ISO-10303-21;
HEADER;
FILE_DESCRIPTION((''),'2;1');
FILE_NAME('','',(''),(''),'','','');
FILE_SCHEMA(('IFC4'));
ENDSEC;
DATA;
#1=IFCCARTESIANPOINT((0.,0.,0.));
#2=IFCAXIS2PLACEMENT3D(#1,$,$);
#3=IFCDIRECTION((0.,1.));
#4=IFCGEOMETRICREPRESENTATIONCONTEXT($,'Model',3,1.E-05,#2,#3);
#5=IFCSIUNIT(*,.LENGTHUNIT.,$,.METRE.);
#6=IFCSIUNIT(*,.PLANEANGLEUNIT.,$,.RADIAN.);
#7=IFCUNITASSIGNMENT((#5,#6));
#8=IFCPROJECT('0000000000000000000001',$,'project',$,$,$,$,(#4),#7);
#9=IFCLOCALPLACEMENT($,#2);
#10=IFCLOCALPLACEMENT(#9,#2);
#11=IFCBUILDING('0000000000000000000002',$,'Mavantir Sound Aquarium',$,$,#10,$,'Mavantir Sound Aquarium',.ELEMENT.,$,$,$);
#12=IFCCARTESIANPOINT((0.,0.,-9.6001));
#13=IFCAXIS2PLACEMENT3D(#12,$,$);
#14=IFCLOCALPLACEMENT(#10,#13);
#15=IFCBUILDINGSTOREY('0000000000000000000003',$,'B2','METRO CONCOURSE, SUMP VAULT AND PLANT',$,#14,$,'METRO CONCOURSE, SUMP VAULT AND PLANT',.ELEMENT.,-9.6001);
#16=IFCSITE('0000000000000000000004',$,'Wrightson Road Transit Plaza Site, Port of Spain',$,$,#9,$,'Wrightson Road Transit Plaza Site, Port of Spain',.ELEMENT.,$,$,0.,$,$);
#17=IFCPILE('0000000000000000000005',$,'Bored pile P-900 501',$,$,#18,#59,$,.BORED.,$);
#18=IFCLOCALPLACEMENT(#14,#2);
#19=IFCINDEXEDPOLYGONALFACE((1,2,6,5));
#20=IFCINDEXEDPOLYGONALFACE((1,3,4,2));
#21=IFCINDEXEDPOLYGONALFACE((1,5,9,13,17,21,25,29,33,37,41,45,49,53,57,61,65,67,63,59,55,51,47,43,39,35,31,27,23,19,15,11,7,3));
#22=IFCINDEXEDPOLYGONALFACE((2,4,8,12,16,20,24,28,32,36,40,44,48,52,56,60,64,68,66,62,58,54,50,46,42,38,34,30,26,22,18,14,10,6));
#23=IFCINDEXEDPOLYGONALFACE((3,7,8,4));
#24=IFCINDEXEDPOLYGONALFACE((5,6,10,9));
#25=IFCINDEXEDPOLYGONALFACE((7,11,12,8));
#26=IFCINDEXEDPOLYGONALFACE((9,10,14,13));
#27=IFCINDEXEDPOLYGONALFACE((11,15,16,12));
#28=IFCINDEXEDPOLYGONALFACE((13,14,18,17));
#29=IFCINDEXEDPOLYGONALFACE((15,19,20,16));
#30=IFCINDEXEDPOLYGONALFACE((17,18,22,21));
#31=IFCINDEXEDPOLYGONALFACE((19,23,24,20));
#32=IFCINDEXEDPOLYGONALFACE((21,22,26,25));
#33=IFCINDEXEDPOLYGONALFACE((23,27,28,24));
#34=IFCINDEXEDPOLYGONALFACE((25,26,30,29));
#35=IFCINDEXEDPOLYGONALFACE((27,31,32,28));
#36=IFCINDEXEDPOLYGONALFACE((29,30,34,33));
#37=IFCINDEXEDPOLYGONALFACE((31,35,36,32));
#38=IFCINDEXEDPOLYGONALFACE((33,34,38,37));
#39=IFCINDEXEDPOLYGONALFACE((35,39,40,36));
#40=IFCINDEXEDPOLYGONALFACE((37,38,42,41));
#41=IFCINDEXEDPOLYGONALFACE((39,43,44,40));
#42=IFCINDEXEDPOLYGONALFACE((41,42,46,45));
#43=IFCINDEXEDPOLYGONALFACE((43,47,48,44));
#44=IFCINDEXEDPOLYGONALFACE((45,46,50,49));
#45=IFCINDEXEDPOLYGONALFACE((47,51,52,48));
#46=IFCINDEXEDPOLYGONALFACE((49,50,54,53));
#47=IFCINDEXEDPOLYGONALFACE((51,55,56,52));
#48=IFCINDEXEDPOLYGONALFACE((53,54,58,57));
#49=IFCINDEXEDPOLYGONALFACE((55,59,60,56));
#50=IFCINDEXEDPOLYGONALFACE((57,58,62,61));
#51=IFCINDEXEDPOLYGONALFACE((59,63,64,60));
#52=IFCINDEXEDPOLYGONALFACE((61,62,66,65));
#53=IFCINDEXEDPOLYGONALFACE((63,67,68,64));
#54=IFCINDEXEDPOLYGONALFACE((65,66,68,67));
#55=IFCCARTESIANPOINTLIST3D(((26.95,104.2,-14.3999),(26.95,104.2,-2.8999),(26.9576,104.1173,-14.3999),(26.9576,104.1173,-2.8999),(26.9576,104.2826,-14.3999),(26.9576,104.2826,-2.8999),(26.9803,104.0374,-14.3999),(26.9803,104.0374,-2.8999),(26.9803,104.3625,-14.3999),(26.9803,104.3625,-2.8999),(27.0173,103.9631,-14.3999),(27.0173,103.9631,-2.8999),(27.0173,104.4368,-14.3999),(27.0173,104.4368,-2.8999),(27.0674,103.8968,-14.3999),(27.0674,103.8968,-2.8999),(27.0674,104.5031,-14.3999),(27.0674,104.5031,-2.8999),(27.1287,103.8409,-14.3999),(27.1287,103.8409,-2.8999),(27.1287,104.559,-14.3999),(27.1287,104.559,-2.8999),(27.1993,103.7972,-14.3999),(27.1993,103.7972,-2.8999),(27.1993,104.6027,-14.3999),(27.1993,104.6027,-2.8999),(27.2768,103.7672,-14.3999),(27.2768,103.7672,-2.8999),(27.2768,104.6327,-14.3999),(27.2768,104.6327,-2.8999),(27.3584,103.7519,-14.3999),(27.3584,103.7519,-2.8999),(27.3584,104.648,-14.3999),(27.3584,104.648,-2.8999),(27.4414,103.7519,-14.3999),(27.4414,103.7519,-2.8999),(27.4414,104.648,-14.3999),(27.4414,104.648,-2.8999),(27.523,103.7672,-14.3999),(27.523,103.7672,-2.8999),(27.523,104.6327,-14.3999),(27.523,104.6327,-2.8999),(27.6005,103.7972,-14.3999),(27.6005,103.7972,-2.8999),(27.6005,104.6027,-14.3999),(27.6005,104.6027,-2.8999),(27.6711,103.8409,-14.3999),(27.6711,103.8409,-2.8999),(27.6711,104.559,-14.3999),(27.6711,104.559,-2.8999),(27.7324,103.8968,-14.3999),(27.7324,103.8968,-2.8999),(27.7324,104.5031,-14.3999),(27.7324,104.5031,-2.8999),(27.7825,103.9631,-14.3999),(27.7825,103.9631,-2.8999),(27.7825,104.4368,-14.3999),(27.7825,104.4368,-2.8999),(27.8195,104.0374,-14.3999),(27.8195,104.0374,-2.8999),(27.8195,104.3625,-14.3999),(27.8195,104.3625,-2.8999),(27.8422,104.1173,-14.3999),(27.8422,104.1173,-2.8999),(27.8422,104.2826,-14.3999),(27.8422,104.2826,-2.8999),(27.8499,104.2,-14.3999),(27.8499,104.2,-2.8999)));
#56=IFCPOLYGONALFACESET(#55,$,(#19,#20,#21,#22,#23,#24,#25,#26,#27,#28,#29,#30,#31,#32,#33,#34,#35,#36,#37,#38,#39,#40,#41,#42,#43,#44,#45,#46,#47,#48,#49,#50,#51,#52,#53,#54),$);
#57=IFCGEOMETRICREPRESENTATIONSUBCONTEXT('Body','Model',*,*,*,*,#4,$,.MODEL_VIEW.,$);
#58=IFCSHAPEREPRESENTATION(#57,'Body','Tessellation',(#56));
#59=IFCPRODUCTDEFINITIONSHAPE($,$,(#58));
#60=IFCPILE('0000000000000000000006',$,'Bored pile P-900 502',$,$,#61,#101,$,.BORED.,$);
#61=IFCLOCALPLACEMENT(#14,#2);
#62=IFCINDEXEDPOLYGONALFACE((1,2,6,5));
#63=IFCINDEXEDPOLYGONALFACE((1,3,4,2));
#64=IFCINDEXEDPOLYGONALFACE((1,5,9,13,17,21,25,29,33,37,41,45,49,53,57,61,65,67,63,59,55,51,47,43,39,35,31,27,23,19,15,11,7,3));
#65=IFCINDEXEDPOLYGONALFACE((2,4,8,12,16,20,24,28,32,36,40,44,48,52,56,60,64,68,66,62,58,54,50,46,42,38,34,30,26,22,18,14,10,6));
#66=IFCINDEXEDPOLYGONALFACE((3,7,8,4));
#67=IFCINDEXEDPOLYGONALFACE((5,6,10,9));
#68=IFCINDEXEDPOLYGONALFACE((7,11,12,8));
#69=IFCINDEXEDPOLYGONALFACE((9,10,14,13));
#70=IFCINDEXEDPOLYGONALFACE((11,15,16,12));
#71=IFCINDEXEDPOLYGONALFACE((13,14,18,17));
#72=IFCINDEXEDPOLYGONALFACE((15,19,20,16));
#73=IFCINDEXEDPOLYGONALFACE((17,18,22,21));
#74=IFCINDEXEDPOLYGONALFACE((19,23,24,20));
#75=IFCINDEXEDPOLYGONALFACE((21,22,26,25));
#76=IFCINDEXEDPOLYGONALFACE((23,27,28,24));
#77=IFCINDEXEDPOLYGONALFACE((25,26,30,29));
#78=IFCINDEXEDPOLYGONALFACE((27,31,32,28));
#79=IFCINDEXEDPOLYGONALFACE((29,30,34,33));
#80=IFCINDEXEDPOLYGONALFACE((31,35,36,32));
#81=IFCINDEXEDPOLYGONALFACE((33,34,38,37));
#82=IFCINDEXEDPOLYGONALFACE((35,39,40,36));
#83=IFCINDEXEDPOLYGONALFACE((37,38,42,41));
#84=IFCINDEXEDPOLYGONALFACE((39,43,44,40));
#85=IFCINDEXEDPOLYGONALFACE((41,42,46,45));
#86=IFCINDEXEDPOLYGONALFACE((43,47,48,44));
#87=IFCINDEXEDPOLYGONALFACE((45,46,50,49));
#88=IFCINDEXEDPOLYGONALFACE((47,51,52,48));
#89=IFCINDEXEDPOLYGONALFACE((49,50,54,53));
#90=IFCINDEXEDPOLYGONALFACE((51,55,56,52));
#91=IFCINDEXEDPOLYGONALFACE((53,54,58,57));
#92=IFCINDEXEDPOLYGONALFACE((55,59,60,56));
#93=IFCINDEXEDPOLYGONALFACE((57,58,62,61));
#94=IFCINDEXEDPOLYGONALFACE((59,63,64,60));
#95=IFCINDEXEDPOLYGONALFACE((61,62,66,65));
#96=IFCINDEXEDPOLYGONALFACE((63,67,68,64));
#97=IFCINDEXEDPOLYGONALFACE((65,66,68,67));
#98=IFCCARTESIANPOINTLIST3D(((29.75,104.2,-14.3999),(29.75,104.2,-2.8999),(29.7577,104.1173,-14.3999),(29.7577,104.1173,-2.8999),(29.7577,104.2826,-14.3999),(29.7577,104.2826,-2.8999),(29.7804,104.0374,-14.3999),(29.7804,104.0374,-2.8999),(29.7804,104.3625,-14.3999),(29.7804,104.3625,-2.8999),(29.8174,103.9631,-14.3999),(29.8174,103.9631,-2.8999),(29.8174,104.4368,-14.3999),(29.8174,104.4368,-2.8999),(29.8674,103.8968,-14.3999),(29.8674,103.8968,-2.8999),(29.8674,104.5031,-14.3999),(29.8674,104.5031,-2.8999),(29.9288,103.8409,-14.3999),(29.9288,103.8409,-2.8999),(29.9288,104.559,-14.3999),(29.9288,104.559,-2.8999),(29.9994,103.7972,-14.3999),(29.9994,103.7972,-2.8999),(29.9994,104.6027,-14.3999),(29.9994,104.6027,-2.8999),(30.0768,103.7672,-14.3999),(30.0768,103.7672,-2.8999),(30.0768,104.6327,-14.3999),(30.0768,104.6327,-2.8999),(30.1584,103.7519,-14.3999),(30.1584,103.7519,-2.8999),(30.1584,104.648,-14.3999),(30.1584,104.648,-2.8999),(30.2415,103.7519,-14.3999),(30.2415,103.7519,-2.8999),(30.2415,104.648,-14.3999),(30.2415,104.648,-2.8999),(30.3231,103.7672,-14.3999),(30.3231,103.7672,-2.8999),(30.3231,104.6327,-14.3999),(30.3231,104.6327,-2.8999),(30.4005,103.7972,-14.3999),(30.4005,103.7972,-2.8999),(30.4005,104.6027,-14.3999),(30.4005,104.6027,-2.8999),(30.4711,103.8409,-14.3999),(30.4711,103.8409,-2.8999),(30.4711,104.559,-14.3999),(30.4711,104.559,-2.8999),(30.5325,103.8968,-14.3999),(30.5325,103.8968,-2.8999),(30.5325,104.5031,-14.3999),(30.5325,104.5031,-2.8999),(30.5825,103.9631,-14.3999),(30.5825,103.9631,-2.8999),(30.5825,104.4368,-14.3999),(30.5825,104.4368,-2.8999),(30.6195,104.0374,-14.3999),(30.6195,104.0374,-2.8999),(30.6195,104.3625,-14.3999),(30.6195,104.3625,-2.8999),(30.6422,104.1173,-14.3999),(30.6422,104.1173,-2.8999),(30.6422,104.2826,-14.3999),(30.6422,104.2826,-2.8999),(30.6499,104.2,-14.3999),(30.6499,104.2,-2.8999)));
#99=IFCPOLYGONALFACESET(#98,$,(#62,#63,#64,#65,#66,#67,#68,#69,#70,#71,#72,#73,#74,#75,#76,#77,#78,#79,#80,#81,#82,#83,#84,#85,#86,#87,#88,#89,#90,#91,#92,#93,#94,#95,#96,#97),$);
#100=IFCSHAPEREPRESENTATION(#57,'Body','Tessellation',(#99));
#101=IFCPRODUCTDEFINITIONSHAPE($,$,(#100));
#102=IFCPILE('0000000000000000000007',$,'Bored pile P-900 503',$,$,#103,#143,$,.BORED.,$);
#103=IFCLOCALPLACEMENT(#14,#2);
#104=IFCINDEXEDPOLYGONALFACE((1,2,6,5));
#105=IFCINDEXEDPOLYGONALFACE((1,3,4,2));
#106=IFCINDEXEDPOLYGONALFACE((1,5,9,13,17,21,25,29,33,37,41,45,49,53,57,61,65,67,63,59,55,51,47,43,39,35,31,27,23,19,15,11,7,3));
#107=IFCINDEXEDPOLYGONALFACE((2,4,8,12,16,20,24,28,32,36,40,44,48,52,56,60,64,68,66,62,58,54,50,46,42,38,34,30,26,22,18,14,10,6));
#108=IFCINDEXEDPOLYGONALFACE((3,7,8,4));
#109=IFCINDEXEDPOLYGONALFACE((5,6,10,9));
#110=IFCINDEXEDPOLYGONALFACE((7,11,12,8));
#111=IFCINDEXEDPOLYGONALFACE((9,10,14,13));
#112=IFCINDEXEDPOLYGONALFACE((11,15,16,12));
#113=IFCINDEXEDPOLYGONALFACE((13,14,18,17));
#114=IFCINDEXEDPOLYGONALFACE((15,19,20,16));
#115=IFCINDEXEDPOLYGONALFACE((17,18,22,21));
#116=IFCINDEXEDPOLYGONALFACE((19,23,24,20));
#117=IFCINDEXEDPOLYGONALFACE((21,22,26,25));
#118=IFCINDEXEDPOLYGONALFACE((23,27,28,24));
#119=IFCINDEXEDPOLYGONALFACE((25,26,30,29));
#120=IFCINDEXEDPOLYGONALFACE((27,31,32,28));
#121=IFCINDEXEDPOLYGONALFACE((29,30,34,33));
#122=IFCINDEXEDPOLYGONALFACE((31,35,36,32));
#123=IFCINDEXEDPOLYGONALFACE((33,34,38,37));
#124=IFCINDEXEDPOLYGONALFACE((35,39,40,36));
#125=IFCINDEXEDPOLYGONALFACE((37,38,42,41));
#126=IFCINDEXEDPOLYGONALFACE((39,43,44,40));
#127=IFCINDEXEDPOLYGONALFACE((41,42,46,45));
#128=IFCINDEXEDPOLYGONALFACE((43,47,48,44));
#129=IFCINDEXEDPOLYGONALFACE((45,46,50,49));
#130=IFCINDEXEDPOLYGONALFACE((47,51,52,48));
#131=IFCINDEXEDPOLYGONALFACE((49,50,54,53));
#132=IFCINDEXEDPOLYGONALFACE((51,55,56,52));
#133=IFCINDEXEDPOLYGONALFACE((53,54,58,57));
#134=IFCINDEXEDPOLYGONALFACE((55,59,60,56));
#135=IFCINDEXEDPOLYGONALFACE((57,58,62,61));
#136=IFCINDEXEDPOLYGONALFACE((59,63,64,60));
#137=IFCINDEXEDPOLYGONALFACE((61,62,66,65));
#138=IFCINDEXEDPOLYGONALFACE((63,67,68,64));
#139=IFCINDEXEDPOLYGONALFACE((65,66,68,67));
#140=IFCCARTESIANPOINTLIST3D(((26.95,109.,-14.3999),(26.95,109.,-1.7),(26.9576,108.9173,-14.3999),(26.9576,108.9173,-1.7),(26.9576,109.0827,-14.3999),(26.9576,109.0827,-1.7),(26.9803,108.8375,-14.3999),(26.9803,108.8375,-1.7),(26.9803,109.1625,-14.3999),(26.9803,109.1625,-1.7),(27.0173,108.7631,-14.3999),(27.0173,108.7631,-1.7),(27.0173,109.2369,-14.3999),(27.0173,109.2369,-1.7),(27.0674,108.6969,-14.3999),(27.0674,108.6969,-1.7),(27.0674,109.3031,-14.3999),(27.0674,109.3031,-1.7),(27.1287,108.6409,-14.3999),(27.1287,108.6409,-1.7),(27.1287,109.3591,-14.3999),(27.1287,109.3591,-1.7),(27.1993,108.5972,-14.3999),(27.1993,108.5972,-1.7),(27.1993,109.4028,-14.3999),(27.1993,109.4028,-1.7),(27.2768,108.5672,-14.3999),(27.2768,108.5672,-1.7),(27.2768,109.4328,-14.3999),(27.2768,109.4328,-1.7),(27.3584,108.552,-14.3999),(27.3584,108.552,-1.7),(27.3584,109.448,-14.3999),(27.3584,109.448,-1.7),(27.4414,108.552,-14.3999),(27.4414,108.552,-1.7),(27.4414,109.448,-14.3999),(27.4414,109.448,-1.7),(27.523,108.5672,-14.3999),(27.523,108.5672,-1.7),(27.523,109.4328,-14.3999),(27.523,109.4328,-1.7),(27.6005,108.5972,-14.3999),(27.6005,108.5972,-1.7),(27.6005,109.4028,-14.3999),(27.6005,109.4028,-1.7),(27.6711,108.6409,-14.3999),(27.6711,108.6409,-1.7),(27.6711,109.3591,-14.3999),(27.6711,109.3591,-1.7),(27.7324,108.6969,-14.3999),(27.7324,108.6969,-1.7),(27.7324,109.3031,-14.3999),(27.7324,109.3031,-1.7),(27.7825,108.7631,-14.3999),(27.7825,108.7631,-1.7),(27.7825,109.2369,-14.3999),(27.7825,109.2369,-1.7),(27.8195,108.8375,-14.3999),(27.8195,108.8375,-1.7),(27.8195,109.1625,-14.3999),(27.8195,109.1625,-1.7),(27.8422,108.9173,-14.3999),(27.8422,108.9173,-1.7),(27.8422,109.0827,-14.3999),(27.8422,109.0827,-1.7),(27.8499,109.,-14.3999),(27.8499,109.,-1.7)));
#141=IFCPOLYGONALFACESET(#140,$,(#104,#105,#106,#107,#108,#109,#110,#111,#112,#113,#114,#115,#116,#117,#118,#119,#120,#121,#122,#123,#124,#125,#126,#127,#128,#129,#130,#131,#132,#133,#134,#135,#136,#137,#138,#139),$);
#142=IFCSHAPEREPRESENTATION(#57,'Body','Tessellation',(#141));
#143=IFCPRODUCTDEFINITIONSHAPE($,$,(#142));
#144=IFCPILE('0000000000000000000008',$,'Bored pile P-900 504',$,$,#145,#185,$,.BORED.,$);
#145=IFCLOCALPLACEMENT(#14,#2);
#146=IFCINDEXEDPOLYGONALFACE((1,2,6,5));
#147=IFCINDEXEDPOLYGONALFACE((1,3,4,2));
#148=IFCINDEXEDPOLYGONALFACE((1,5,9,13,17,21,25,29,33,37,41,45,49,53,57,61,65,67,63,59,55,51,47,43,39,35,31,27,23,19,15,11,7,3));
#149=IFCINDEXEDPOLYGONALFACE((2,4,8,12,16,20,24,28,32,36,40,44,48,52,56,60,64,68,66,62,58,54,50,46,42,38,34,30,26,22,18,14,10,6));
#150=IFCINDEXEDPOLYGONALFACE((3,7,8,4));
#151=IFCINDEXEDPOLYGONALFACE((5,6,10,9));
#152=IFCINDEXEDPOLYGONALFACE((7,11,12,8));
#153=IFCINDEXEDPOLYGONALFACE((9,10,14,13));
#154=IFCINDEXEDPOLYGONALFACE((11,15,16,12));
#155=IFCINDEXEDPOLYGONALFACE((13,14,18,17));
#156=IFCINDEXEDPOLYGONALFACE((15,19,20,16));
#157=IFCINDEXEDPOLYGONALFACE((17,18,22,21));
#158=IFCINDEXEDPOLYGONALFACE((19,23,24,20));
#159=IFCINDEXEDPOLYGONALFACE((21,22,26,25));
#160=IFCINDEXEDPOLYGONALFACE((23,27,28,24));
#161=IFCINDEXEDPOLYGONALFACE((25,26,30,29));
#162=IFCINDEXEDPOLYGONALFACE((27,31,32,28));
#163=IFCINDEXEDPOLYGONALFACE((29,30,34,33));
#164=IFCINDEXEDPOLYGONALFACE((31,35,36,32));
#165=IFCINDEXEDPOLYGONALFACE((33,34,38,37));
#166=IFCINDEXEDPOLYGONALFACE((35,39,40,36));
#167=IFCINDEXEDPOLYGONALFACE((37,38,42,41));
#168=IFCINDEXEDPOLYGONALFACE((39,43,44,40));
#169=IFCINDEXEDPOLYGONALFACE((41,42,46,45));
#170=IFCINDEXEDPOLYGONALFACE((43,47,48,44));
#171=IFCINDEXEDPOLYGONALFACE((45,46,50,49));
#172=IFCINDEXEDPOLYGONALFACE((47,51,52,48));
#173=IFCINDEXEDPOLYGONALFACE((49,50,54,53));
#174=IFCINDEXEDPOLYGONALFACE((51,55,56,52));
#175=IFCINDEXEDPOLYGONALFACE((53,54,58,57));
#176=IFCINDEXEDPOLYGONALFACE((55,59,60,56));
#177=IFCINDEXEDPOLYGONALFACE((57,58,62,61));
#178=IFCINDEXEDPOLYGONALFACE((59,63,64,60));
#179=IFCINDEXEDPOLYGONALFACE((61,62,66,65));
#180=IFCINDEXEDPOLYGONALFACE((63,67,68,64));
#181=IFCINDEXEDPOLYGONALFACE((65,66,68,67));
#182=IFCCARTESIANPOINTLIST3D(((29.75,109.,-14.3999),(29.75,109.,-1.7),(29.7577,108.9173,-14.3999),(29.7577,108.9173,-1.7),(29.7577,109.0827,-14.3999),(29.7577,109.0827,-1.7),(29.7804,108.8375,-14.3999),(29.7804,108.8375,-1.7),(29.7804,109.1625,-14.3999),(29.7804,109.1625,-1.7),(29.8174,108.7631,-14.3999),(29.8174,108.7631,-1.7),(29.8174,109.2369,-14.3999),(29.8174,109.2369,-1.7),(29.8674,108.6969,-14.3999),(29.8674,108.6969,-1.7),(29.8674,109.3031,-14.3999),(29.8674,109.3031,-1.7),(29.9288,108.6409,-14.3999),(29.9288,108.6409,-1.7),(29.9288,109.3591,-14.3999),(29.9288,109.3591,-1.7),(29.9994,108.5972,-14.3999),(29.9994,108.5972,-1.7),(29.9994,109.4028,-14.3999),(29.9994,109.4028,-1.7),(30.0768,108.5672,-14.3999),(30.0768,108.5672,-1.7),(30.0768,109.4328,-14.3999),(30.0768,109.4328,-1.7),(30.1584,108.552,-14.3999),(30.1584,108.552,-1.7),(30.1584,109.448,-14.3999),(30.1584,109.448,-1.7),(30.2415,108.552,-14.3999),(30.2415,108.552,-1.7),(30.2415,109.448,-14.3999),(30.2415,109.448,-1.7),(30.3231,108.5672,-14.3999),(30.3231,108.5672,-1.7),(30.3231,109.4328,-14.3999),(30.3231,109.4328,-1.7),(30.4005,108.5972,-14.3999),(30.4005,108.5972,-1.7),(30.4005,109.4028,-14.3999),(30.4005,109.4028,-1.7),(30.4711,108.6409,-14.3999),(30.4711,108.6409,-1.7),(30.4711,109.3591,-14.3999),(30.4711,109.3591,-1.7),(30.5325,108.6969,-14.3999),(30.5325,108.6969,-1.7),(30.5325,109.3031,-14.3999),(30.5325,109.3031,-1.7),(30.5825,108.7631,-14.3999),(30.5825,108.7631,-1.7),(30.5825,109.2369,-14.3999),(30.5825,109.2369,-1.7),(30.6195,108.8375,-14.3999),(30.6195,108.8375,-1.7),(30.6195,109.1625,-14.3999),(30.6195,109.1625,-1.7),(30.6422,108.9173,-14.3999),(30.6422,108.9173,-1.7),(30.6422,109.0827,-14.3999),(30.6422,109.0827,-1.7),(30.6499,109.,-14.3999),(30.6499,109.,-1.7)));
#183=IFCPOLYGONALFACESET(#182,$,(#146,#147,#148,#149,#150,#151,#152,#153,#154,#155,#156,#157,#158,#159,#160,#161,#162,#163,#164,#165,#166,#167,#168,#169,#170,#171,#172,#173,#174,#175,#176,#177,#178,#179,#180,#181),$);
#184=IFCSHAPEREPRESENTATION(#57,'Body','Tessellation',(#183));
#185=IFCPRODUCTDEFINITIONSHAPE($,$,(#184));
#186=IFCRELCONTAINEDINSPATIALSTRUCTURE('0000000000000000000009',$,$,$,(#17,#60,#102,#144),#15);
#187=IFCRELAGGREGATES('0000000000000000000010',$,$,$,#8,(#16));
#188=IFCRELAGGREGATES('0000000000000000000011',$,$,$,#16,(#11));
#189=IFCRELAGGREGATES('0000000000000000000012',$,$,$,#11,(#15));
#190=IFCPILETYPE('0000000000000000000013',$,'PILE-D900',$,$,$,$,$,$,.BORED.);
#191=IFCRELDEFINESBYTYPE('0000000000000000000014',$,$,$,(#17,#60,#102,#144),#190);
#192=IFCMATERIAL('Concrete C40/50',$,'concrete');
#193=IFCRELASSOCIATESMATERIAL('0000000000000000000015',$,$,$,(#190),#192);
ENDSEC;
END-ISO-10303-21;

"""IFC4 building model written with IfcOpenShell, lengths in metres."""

from ifc_helpers import new_model, si_unit, direction, frame, origin, origin_2d, place, context, subcontext, project, spatial, circle, extrude, material, material_profile, profile_set, type_object, element, save


model = new_model("IFC4")

# Units and contexts
model_context = context("Model", 3, precision=1e-05, world=origin(), true_north=direction((0.0, 1.0)))
body_context = subcontext(model_context, "Body", "Model", "MODEL_VIEW")
ifc_project = project(units=[si_unit("LENGTHUNIT", "METRE"), si_unit("PLANEANGLEUNIT", "RADIAN")], contexts=[model_context])

# Site, building, storey
site_placement = place(None, origin())
site = spatial("IfcSite", under=ifc_project, at=site_placement, Name="Wrightson Road Transit Plaza Site, Port of Spain", LongName="Wrightson Road Transit Plaza Site, Port of Spain", CompositionType="ELEMENT", RefElevation=0.0)
building_placement = place(site_placement, origin())
building = spatial("IfcBuilding", under=site, at=building_placement, Name="Mavantir Sound Aquarium", LongName="Mavantir Sound Aquarium", CompositionType="ELEMENT")
storey_placement = place(building_placement, frame((0.0, 0.0, -9.6001)))
storey = spatial("IfcBuildingStorey", under=building, at=storey_placement, Name="B2", Description="METRO CONCOURSE, SUMP VAULT AND PLANT", LongName="METRO CONCOURSE, SUMP VAULT AND PLANT", CompositionType="ELEMENT", Elevation=-9.6001)

# Shared definitions
ifc_material = material(Name="Concrete C40/50", Category="concrete")

# Piles
ifc_material_profile_1 = material_profile(ifc_material, circle(Radius=0.45, at=origin_2d()), Name="PILE D900")
ifc_profile_set_1 = profile_set([ifc_material_profile_1], Name="Concrete C40/50")
pile_type = type_object("IfcPileType", Name="PILE-D900", PredefinedType="BORED", material=ifc_profile_set_1)
for number, where, z_axis, x_axis, name in (
    (1, (27.3999, 104.2, -2.8999), (0.0, 0.0, -1.0), (1.0, 0.0, 0.0), "Bored pile P-900 501"),
    (2, (30.2, 104.2, -2.8999), (0.0, 0.0, -1.0), (1.0, 0.0, 0.0), "Bored pile P-900 502"),
):
    element("IfcPile", number, at=place(storey_placement, frame(where, z_axis=z_axis, x_axis=x_axis)), inside=storey, type_object=pile_type, Name=name, PredefinedType="BORED", context=body_context, shape_type="SweptSolid", body=[
        extrude(circle(Radius=0.45, at=origin_2d()), origin(), (0.0, 0.0, 1.0), 11.5),
    ])
for number, where, z_axis, x_axis, name in (
    (3, (27.3999, 109.0, -1.7), (0.0, 0.0, -1.0), (1.0, 0.0, 0.0), "Bored pile P-900 503"),
    (4, (30.2, 109.0, -1.7), (0.0, 0.0, -1.0), (1.0, 0.0, 0.0), "Bored pile P-900 504"),
):
    element("IfcPile", number, at=place(storey_placement, frame(where, z_axis=z_axis, x_axis=x_axis)), inside=storey, type_object=pile_type, Name=name, PredefinedType="BORED", context=body_context, shape_type="SweptSolid", body=[
        extrude(circle(Radius=0.45, at=origin_2d()), origin(), (0.0, 0.0, 1.0), 12.7),
    ])

save(model, "model.ifc")
